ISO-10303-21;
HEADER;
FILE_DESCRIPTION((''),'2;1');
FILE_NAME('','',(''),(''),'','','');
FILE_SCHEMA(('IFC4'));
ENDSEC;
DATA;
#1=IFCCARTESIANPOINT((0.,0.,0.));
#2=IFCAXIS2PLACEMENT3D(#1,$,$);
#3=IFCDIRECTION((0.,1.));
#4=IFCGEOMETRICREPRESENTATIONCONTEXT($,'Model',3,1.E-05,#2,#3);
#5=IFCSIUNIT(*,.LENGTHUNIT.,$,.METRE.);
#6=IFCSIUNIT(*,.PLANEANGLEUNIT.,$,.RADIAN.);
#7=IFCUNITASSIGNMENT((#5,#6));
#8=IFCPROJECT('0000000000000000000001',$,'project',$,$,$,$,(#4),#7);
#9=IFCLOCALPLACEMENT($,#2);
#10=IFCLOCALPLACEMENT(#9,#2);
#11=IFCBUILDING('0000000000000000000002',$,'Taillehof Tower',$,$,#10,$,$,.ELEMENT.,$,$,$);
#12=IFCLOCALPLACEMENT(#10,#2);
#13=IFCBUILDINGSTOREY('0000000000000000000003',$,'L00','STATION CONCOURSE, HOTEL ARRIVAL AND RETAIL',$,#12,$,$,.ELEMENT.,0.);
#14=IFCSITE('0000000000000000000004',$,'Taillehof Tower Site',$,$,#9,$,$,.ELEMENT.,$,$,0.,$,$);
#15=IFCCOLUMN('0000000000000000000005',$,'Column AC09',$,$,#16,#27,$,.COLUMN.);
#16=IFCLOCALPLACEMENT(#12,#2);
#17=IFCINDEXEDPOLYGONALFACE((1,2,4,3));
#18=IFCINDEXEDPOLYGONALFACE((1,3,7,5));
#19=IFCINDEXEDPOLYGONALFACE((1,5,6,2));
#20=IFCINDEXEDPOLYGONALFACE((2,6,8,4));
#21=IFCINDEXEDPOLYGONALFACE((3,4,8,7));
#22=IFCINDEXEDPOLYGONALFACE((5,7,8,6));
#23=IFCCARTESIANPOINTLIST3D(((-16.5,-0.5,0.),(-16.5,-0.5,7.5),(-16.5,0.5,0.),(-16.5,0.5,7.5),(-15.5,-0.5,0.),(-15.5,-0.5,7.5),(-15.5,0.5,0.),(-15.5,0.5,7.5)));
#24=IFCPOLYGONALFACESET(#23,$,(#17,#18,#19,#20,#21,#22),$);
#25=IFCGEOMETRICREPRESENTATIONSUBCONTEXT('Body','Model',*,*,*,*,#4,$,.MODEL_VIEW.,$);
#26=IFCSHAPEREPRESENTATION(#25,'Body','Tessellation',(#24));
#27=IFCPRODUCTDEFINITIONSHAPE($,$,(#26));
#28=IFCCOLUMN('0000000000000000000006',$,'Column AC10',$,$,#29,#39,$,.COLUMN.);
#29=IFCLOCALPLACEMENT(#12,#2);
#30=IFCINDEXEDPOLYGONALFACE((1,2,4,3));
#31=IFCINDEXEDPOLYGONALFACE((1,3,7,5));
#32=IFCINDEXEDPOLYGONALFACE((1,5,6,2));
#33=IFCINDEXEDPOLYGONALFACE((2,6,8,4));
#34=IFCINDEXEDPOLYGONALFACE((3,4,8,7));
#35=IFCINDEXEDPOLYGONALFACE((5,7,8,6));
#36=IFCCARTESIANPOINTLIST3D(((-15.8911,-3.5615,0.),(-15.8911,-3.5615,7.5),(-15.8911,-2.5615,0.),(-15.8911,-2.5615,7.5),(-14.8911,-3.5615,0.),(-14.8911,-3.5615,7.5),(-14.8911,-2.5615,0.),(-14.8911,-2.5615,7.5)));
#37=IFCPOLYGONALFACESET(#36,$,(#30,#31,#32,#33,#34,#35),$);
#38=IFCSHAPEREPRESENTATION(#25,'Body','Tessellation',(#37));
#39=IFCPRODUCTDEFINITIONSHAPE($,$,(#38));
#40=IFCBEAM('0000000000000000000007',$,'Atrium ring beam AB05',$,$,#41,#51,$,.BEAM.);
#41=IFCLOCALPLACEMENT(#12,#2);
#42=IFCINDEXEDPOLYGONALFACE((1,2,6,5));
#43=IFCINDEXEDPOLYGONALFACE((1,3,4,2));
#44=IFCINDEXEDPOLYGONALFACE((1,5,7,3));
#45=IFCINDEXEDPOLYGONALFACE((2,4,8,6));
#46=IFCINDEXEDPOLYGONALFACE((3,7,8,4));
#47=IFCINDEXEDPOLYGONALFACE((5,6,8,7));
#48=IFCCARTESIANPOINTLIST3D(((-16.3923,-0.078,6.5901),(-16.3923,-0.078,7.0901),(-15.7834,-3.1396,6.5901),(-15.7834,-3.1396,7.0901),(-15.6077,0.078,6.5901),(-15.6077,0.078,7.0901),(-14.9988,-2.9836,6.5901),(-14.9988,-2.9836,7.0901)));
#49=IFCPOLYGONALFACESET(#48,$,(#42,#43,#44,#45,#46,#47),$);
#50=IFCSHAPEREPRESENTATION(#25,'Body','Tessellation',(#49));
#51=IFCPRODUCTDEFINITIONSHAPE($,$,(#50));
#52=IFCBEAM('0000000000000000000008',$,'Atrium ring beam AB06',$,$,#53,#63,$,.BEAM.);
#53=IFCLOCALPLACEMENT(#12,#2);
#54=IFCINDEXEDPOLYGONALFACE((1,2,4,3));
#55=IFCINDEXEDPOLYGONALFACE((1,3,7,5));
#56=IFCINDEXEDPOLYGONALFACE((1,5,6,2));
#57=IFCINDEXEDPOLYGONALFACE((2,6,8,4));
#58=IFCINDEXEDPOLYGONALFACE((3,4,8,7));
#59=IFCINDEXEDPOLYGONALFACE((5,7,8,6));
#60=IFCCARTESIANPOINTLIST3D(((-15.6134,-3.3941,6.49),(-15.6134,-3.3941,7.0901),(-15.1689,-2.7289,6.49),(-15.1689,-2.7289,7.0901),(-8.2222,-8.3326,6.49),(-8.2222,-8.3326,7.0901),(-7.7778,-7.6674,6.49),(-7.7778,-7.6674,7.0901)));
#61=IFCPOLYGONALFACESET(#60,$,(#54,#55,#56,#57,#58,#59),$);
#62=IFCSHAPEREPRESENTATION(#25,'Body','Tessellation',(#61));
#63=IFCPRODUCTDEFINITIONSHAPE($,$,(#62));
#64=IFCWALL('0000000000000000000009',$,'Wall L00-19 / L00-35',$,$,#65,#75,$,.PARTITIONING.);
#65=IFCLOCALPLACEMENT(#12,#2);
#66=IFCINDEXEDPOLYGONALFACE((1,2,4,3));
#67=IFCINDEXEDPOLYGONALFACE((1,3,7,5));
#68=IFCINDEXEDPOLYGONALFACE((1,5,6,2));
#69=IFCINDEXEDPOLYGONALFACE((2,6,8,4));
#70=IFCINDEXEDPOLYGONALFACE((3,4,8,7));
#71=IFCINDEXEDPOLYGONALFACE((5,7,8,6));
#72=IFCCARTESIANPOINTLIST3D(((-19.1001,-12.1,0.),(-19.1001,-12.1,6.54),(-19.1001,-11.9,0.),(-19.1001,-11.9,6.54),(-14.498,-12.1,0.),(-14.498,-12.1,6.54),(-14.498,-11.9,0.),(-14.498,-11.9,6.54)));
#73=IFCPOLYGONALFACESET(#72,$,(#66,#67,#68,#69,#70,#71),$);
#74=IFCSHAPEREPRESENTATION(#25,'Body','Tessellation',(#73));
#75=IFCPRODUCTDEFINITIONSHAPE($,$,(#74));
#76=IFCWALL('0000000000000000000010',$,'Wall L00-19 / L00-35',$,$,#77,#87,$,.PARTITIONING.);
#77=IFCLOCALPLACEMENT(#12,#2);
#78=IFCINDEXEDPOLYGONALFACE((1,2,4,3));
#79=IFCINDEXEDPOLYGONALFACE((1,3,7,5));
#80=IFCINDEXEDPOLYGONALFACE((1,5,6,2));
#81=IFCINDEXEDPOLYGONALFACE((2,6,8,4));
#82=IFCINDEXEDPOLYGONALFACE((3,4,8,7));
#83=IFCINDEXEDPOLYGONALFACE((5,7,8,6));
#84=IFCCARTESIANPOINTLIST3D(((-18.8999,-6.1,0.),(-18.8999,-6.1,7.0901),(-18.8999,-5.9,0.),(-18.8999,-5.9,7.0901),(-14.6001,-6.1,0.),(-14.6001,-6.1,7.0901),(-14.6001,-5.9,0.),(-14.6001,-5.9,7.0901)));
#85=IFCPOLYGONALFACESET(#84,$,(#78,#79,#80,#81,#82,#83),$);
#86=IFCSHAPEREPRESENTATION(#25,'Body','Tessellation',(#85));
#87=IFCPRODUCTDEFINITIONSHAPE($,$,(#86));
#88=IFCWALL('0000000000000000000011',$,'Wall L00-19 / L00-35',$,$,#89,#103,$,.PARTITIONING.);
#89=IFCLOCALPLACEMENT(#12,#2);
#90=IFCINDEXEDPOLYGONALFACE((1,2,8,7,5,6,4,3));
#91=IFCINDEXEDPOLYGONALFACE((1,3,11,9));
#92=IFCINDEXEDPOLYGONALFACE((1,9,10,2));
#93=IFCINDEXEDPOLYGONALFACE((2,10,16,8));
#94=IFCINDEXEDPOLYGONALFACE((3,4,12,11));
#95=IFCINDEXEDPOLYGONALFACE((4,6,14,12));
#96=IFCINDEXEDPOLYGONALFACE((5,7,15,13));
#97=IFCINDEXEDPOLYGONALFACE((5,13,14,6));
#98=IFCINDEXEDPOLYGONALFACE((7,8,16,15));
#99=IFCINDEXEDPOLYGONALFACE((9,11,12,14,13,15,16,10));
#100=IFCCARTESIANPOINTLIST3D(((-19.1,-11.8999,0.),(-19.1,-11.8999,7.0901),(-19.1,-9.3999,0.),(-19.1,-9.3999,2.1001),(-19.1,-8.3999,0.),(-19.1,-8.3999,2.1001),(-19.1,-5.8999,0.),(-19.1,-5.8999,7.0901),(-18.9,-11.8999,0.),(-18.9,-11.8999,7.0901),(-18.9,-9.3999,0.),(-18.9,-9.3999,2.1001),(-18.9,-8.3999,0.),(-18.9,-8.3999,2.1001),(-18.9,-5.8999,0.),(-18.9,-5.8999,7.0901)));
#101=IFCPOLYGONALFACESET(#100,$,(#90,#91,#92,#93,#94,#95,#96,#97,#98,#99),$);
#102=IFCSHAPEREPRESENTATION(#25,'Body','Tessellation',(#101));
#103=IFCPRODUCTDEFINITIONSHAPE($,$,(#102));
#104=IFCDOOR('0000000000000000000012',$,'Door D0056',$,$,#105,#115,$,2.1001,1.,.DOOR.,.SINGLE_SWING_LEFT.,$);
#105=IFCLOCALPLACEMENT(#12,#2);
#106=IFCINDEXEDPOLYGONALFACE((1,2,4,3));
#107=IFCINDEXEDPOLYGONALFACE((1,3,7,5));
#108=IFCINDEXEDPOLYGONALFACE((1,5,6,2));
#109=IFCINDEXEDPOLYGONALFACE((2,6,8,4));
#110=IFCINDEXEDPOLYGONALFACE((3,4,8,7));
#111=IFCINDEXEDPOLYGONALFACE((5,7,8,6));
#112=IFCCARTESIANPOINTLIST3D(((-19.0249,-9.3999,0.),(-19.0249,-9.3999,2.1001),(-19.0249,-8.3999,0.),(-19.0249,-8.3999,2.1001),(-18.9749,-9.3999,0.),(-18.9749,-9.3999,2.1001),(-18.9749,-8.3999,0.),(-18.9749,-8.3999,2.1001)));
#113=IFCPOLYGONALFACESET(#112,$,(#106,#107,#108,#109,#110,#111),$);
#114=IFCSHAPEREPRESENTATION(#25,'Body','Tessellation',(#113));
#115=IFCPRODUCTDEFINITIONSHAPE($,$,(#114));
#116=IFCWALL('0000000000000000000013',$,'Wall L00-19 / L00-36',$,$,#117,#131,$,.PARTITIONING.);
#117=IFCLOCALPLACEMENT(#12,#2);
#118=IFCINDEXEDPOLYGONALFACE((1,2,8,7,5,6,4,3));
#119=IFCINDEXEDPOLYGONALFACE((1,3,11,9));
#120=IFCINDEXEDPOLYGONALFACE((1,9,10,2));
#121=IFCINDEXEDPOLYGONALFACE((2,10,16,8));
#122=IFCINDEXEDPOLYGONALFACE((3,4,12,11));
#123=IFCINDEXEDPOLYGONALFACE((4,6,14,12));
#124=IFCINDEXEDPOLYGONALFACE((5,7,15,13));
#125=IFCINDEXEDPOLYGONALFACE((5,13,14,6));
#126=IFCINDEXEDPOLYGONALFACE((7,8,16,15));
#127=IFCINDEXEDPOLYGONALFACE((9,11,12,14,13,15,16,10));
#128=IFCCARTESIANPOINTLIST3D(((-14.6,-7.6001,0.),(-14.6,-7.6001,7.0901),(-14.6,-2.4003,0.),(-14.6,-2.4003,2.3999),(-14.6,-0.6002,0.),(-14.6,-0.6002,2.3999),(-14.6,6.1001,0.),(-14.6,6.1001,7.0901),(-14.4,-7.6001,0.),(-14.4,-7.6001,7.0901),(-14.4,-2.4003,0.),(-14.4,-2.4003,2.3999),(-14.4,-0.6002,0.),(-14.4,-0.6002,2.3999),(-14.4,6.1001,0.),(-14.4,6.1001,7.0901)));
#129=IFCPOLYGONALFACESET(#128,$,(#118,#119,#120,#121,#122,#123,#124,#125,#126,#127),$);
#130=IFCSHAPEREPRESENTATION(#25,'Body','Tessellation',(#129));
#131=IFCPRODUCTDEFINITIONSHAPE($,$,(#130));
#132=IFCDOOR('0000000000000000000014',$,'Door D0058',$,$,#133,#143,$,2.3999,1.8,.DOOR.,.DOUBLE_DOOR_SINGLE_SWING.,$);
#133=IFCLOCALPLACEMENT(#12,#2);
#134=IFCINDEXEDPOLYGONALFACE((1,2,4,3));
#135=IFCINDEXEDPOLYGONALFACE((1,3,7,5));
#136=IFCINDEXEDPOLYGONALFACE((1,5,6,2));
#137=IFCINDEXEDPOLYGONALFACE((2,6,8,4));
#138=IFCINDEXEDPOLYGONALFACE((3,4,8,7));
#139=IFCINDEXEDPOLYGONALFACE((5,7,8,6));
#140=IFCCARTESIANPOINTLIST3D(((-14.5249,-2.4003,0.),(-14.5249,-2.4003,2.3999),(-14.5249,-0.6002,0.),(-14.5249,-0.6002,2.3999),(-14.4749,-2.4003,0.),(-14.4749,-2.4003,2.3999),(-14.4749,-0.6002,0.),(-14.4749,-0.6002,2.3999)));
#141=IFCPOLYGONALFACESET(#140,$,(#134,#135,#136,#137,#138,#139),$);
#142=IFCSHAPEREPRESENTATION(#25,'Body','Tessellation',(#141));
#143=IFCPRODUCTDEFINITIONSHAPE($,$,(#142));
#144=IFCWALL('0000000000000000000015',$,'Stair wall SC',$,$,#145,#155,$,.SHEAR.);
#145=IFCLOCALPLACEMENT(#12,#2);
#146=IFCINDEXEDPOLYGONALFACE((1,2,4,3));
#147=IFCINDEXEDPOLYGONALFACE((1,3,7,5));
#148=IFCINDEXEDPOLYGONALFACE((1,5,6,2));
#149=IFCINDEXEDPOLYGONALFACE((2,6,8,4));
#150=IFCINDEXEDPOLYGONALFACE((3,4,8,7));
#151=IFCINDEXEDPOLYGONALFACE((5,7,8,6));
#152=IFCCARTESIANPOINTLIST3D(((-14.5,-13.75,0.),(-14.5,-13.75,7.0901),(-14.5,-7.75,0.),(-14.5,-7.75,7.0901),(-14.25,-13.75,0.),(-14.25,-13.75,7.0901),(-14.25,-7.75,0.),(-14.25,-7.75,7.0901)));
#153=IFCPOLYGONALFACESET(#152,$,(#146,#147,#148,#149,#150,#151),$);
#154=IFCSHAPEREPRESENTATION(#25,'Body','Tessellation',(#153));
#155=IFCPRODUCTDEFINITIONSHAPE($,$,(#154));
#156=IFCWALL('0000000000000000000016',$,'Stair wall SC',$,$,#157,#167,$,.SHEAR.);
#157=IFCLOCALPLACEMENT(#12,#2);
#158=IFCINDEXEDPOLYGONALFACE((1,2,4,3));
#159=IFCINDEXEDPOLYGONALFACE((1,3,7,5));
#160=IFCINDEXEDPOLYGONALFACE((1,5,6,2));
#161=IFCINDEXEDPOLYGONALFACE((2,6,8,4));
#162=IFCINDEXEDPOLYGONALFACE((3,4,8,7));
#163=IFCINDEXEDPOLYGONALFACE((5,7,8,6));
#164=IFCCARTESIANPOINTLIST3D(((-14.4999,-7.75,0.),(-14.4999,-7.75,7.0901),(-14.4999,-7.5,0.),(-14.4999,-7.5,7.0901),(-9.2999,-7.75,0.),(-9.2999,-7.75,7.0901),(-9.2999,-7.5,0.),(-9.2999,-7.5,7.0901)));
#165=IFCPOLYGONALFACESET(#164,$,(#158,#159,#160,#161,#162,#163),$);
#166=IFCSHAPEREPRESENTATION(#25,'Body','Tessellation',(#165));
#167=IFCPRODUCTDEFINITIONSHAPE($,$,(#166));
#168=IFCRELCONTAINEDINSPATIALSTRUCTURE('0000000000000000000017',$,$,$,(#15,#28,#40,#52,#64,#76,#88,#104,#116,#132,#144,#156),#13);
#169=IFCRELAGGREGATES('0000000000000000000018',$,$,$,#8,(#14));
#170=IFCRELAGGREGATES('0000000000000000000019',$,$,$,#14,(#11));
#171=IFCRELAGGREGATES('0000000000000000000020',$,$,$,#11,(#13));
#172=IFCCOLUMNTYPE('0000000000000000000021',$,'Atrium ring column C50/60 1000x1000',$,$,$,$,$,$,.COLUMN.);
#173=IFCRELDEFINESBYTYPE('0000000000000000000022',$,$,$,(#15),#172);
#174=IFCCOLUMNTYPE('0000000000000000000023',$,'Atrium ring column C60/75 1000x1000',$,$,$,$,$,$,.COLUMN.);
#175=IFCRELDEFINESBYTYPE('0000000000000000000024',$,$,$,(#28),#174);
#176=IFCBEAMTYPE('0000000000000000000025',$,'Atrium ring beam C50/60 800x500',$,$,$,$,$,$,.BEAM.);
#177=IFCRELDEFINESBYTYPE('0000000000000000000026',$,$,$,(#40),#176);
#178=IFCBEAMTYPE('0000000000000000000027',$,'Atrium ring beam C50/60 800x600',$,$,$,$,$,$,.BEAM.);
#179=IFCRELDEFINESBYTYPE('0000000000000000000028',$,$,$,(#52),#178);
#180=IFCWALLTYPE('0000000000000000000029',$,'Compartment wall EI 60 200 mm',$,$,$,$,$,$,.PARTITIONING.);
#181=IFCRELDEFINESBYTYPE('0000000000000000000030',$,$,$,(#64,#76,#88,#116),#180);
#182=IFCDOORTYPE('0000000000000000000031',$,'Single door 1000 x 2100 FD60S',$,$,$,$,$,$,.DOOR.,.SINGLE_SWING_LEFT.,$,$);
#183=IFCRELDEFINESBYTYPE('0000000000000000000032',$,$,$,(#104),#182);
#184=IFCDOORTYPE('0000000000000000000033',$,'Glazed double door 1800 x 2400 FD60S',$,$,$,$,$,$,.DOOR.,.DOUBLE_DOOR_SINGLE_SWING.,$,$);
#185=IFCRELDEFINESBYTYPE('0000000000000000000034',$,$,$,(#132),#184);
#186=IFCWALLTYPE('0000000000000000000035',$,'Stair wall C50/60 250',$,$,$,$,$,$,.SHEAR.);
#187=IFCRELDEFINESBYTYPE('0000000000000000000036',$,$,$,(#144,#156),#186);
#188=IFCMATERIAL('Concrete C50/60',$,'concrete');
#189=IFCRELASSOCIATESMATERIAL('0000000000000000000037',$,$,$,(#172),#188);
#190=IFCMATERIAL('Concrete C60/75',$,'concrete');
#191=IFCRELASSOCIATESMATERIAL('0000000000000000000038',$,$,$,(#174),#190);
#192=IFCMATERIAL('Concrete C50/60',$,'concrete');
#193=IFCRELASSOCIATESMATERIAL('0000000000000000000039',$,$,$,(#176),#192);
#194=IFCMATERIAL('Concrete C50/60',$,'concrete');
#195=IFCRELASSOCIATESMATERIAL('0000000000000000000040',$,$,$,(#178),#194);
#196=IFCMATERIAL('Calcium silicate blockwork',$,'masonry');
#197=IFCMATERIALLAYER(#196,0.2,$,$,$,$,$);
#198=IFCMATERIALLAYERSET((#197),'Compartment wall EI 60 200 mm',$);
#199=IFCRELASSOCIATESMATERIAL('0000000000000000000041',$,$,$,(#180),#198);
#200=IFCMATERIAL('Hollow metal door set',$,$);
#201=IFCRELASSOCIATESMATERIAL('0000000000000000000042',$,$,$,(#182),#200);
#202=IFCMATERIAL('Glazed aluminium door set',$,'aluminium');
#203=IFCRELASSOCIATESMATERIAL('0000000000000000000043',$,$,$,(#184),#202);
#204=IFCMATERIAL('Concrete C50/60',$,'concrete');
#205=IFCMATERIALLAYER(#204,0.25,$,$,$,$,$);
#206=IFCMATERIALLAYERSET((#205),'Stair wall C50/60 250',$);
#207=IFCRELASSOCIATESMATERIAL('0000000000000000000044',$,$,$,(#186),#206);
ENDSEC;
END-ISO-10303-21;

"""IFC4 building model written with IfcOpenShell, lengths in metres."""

from ifc_helpers import new_model, si_unit, direction, frame, frame_2d, origin, origin_2d, place, context, subcontext, project, spatial, rectangle, extrude, material, layer, layer_set, material_profile, profile_set, type_object, element, fill, save


model = new_model("IFC4")

# Units and contexts
model_context = context("Model", 3, precision=1e-05, world=origin(), true_north=direction((0.0, 1.0)))
body_context = subcontext(model_context, "Body", "Model", "MODEL_VIEW")
ifc_project = project(units=[si_unit("LENGTHUNIT", "METRE"), si_unit("PLANEANGLEUNIT", "RADIAN")], contexts=[model_context])

# Site, building, storey
site_placement = place(None, origin())
site = spatial("IfcSite", under=ifc_project, at=site_placement, Name="Taillehof Tower Site", CompositionType="ELEMENT", RefElevation=0.0)
building_placement = place(site_placement, origin())
building = spatial("IfcBuilding", under=site, at=building_placement, Name="Taillehof Tower", CompositionType="ELEMENT")
storey_placement = place(building_placement, origin())
storey = spatial("IfcBuildingStorey", under=building, at=storey_placement, Name="L00", Description="STATION CONCOURSE, HOTEL ARRIVAL AND RETAIL", CompositionType="ELEMENT", Elevation=0.0)

# Columns
ifc_material_1 = material(Name="Concrete C50/60", Category="concrete")
ifc_material_profile_1 = material_profile(ifc_material_1, rectangle(XDim=1.0, YDim=1.0, at=origin_2d()), Name="RC 1000x1000")
ifc_profile_set_1 = profile_set([ifc_material_profile_1], Name="Concrete C50/60")
column_type_1 = type_object("IfcColumnType", Name="Atrium ring column C50/60 1000x1000", PredefinedType="COLUMN", material=ifc_profile_set_1)
column_1_placement = place(storey_placement, frame((-16.0, 0.0, 0.0), z_axis=(0.0, 0.0, 1.0), x_axis=(1.0, 0.0, 0.0)))
element("IfcColumn", 1, at=column_1_placement, inside=storey, type_object=column_type_1, Name="Column AC09", PredefinedType="COLUMN", context=body_context, shape_type="SweptSolid", body=[
    extrude(rectangle(XDim=1.0, YDim=1.0, at=origin_2d()), origin(), (0.0, 0.0, 1.0), 7.5),
])
ifc_material_2 = material(Name="Concrete C60/75", Category="concrete")
ifc_material_profile_2 = material_profile(ifc_material_2, rectangle(XDim=1.0, YDim=1.0, at=origin_2d()), Name="RC 1000x1000")
ifc_profile_set_2 = profile_set([ifc_material_profile_2], Name="Concrete C60/75")
column_type_2 = type_object("IfcColumnType", Name="Atrium ring column C60/75 1000x1000", PredefinedType="COLUMN", material=ifc_profile_set_2)
column_2_placement = place(storey_placement, frame((-15.3911, -3.0615, 0.0), z_axis=(0.0, 0.0, 1.0), x_axis=(1.0, 0.0, 0.0)))
element("IfcColumn", 2, at=column_2_placement, inside=storey, type_object=column_type_2, Name="Column AC10", PredefinedType="COLUMN", context=body_context, shape_type="SweptSolid", body=[
    extrude(rectangle(XDim=1.0, YDim=1.0, at=origin_2d()), origin(), (0.0, 0.0, 1.0), 7.5),
])

# Beams
ifc_material_3 = material(Name="Concrete C50/60", Category="concrete")
ifc_material_profile_3 = material_profile(ifc_material_3, rectangle(XDim=0.8, YDim=0.5, at=origin_2d()), Name="RC 800x500")
ifc_profile_set_3 = profile_set([ifc_material_profile_3], Name="Concrete C50/60")
beam_type_1 = type_object("IfcBeamType", Name="Atrium ring beam C50/60 800x500", PredefinedType="BEAM", material=ifc_profile_set_3)
beam_1_placement = place(storey_placement, frame((-16.0, 0.0, 6.8401), z_axis=(0.195063, -0.980791, 0.0), x_axis=(0.980791, 0.195063, 0.0)))
element("IfcBeam", 3, at=beam_1_placement, inside=storey, type_object=beam_type_1, Name="Atrium ring beam AB05", PredefinedType="BEAM", context=body_context, shape_type="SweptSolid", body=[
    extrude(rectangle(XDim=0.8, YDim=0.5, at=origin_2d()), origin(), (0.0, 0.0, 1.0), 3.1216),
])
ifc_material_4 = material(Name="Concrete C50/60", Category="concrete")
ifc_material_profile_4 = material_profile(ifc_material_4, rectangle(XDim=0.8, YDim=0.6001, at=origin_2d()), Name="RC 800x600")
ifc_profile_set_4 = profile_set([ifc_material_profile_4], Name="Concrete C50/60")
beam_type_2 = type_object("IfcBeamType", Name="Atrium ring beam C50/60 800x600", PredefinedType="BEAM", material=ifc_profile_set_4)
beam_2_placement = place(storey_placement, frame((-15.3911, -3.0615, 6.79), z_axis=(0.831475, -0.555562, 0.0), x_axis=(0.555562, 0.831475, 0.0)))
element("IfcBeam", 4, at=beam_2_placement, inside=storey, type_object=beam_type_2, Name="Atrium ring beam AB06", PredefinedType="BEAM", context=body_context, shape_type="SweptSolid", body=[
    extrude(rectangle(XDim=0.8, YDim=0.6001, at=origin_2d()), origin(), (0.0, 0.0, 1.0), 8.8892),
])

# Walls
ifc_material_5 = material(Name="Calcium silicate blockwork", Category="masonry")
ifc_layer_1 = layer(ifc_material_5, 0.2)
ifc_layer_set_1 = layer_set([ifc_layer_1], Name="Compartment wall EI 60 200 mm")
wall_type_1 = type_object("IfcWallType", Name="Compartment wall EI 60 200 mm", PredefinedType="PARTITIONING", material=ifc_layer_set_1)
wall_1_placement = place(storey_placement, frame((-19.1001, -12.0, 0.0), z_axis=(0.0, 0.0, 1.0), x_axis=(1.0, 0.0, 0.0)))
element("IfcWall", 5, at=wall_1_placement, inside=storey, type_object=wall_type_1, Name="Wall L00-19 / L00-35", PredefinedType="PARTITIONING", context=body_context, shape_type="SweptSolid", body=[
    extrude(rectangle(XDim=4.6021, YDim=0.2, at=frame_2d((2.301, 0.0))), origin(), (0.0, 0.0, 1.0), 6.54),
])
wall_2_placement = place(storey_placement, frame((-18.8999, -6.0, 0.0), z_axis=(0.0, 0.0, 1.0), x_axis=(1.0, 0.0, 0.0)))
element("IfcWall", 6, at=wall_2_placement, inside=storey, type_object=wall_type_1, Name="Wall L00-19 / L00-35", PredefinedType="PARTITIONING", context=body_context, shape_type="SweptSolid", body=[
    extrude(rectangle(XDim=4.2998, YDim=0.2, at=frame_2d((2.1499, 0.0))), origin(), (0.0, 0.0, 1.0), 7.0901),
])

# Walls, openings, doors
wall_3_placement = place(storey_placement, frame((-19.0, -11.8999, 0.0), z_axis=(0.0, 0.0, 1.0), x_axis=(0.0, 1.0, 0.0)))
wall_3 = element("IfcWall", 7, at=wall_3_placement, inside=storey, type_object=wall_type_1, Name="Wall L00-19 / L00-35", PredefinedType="PARTITIONING", context=body_context, shape_type="SweptSolid", body=[
    extrude(rectangle(XDim=6.0, YDim=0.2, at=frame_2d((3.0, 0.0))), origin(), (0.0, 0.0, 1.0), 7.0901),
])
opening_1_placement = place(wall_3_placement, frame((2.5, 0.0, 0.0)))
opening_1 = element("IfcOpeningElement", 8, at=opening_1_placement, cuts=wall_3, PredefinedType="OPENING", context=body_context, shape_type="SweptSolid", body=[
    extrude(rectangle(XDim=1.0, YDim=2.1001, at=frame_2d((0.5, 1.05))), frame((0.0, 0.1099, 0.0), z_axis=(0.0, -1.0, 0.0), x_axis=(1.0, 0.0, 0.0)), (0.0, 0.0, 1.0), 0.22),
])
ifc_material_6 = material(Name="Hollow metal door set")
door_type_1 = type_object("IfcDoorType", Name="Single door 1000 x 2100 FD60S", OperationType="SINGLE_SWING_LEFT", PredefinedType="DOOR", material=ifc_material_6)
door_1_placement = place(opening_1_placement, origin())
door_1 = element("IfcDoor", 9, at=door_1_placement, inside=storey, type_object=door_type_1, Name="Door D0056", OperationType="SINGLE_SWING_LEFT", OverallHeight=2.1001, OverallWidth=1.0, PredefinedType="DOOR", context=body_context, shape_type="SweptSolid", body=[
    extrude(rectangle(XDim=1.0, YDim=2.1001, at=frame_2d((0.5, 1.05))), frame((0.0, 0.0249, 0.0), z_axis=(0.0, -1.0, 0.0), x_axis=(1.0, 0.0, 0.0)), (0.0, 0.0, 1.0), 0.05),
])
fill(opening_1, door_1)
wall_4_placement = place(storey_placement, frame((-14.5, -7.6001, 0.0), z_axis=(0.0, 0.0, 1.0), x_axis=(0.0, 1.0, 0.0)))
wall_4 = element("IfcWall", 10, at=wall_4_placement, inside=storey, type_object=wall_type_1, Name="Wall L00-19 / L00-36", PredefinedType="PARTITIONING", context=body_context, shape_type="SweptSolid", body=[
    extrude(rectangle(XDim=13.7002, YDim=0.2, at=frame_2d((6.8501, 0.0))), origin(), (0.0, 0.0, 1.0), 7.0901),
])
opening_2_placement = place(wall_4_placement, frame((5.2, 0.0, 0.0)))
opening_2 = element("IfcOpeningElement", 11, at=opening_2_placement, cuts=wall_4, PredefinedType="OPENING", context=body_context, shape_type="SweptSolid", body=[
    extrude(rectangle(XDim=1.8, YDim=2.3999, at=frame_2d((0.8999, 1.2))), frame((0.0, 0.1099, 0.0), z_axis=(0.0, -1.0, 0.0), x_axis=(1.0, 0.0, 0.0)), (0.0, 0.0, 1.0), 0.22),
])
ifc_material_7 = material(Name="Glazed aluminium door set", Category="aluminium")
door_type_2 = type_object("IfcDoorType", Name="Glazed double door 1800 x 2400 FD60S", OperationType="DOUBLE_DOOR_SINGLE_SWING", PredefinedType="DOOR", material=ifc_material_7)
door_2_placement = place(opening_2_placement, origin())
door_2 = element("IfcDoor", 12, at=door_2_placement, inside=storey, type_object=door_type_2, Name="Door D0058", OperationType="DOUBLE_DOOR_SINGLE_SWING", OverallHeight=2.3999, OverallWidth=1.8, PredefinedType="DOOR", context=body_context, shape_type="SweptSolid", body=[
    extrude(rectangle(XDim=1.8, YDim=2.3999, at=frame_2d((0.8999, 1.2))), frame((0.0, 0.0249, 0.0), z_axis=(0.0, -1.0, 0.0), x_axis=(1.0, 0.0, 0.0)), (0.0, 0.0, 1.0), 0.05),
])
fill(opening_2, door_2)

# Walls
ifc_material_8 = material(Name="Concrete C50/60", Category="concrete")
ifc_layer_2 = layer(ifc_material_8, 0.25)
ifc_layer_set_2 = layer_set([ifc_layer_2], Name="Stair wall C50/60 250")
wall_type_2 = type_object("IfcWallType", Name="Stair wall C50/60 250", PredefinedType="SHEAR", material=ifc_layer_set_2)
wall_5_placement = place(storey_placement, frame((-14.375, -13.75, 0.0), z_axis=(0.0, 0.0, 1.0), x_axis=(0.0, 1.0, 0.0)))
element("IfcWall", 13, at=wall_5_placement, inside=storey, type_object=wall_type_2, Name="Stair wall SC", PredefinedType="SHEAR", context=body_context, shape_type="SweptSolid", body=[
    extrude(rectangle(XDim=6.0, YDim=0.25, at=frame_2d((3.0, 0.0))), origin(), (0.0, 0.0, 1.0), 7.0901),
])
for number, where, z_axis, x_axis, name in (
    (14, (-14.5, -7.625, 0.0), (0.0, 0.0, 1.0), (1.0, 0.0, 0.0), "Stair wall SC"),
):
    element("IfcWall", number, at=place(storey_placement, frame(where, z_axis=z_axis, x_axis=x_axis)), inside=storey, type_object=wall_type_2, Name=name, PredefinedType="SHEAR", context=body_context, shape_type="SweptSolid", body=[
        extrude(rectangle(XDim=5.2, YDim=0.25, at=frame_2d((2.6001, 0.0))), origin(), (0.0, 0.0, 1.0), 7.0901),
    ])

save(model, "model.ifc")
